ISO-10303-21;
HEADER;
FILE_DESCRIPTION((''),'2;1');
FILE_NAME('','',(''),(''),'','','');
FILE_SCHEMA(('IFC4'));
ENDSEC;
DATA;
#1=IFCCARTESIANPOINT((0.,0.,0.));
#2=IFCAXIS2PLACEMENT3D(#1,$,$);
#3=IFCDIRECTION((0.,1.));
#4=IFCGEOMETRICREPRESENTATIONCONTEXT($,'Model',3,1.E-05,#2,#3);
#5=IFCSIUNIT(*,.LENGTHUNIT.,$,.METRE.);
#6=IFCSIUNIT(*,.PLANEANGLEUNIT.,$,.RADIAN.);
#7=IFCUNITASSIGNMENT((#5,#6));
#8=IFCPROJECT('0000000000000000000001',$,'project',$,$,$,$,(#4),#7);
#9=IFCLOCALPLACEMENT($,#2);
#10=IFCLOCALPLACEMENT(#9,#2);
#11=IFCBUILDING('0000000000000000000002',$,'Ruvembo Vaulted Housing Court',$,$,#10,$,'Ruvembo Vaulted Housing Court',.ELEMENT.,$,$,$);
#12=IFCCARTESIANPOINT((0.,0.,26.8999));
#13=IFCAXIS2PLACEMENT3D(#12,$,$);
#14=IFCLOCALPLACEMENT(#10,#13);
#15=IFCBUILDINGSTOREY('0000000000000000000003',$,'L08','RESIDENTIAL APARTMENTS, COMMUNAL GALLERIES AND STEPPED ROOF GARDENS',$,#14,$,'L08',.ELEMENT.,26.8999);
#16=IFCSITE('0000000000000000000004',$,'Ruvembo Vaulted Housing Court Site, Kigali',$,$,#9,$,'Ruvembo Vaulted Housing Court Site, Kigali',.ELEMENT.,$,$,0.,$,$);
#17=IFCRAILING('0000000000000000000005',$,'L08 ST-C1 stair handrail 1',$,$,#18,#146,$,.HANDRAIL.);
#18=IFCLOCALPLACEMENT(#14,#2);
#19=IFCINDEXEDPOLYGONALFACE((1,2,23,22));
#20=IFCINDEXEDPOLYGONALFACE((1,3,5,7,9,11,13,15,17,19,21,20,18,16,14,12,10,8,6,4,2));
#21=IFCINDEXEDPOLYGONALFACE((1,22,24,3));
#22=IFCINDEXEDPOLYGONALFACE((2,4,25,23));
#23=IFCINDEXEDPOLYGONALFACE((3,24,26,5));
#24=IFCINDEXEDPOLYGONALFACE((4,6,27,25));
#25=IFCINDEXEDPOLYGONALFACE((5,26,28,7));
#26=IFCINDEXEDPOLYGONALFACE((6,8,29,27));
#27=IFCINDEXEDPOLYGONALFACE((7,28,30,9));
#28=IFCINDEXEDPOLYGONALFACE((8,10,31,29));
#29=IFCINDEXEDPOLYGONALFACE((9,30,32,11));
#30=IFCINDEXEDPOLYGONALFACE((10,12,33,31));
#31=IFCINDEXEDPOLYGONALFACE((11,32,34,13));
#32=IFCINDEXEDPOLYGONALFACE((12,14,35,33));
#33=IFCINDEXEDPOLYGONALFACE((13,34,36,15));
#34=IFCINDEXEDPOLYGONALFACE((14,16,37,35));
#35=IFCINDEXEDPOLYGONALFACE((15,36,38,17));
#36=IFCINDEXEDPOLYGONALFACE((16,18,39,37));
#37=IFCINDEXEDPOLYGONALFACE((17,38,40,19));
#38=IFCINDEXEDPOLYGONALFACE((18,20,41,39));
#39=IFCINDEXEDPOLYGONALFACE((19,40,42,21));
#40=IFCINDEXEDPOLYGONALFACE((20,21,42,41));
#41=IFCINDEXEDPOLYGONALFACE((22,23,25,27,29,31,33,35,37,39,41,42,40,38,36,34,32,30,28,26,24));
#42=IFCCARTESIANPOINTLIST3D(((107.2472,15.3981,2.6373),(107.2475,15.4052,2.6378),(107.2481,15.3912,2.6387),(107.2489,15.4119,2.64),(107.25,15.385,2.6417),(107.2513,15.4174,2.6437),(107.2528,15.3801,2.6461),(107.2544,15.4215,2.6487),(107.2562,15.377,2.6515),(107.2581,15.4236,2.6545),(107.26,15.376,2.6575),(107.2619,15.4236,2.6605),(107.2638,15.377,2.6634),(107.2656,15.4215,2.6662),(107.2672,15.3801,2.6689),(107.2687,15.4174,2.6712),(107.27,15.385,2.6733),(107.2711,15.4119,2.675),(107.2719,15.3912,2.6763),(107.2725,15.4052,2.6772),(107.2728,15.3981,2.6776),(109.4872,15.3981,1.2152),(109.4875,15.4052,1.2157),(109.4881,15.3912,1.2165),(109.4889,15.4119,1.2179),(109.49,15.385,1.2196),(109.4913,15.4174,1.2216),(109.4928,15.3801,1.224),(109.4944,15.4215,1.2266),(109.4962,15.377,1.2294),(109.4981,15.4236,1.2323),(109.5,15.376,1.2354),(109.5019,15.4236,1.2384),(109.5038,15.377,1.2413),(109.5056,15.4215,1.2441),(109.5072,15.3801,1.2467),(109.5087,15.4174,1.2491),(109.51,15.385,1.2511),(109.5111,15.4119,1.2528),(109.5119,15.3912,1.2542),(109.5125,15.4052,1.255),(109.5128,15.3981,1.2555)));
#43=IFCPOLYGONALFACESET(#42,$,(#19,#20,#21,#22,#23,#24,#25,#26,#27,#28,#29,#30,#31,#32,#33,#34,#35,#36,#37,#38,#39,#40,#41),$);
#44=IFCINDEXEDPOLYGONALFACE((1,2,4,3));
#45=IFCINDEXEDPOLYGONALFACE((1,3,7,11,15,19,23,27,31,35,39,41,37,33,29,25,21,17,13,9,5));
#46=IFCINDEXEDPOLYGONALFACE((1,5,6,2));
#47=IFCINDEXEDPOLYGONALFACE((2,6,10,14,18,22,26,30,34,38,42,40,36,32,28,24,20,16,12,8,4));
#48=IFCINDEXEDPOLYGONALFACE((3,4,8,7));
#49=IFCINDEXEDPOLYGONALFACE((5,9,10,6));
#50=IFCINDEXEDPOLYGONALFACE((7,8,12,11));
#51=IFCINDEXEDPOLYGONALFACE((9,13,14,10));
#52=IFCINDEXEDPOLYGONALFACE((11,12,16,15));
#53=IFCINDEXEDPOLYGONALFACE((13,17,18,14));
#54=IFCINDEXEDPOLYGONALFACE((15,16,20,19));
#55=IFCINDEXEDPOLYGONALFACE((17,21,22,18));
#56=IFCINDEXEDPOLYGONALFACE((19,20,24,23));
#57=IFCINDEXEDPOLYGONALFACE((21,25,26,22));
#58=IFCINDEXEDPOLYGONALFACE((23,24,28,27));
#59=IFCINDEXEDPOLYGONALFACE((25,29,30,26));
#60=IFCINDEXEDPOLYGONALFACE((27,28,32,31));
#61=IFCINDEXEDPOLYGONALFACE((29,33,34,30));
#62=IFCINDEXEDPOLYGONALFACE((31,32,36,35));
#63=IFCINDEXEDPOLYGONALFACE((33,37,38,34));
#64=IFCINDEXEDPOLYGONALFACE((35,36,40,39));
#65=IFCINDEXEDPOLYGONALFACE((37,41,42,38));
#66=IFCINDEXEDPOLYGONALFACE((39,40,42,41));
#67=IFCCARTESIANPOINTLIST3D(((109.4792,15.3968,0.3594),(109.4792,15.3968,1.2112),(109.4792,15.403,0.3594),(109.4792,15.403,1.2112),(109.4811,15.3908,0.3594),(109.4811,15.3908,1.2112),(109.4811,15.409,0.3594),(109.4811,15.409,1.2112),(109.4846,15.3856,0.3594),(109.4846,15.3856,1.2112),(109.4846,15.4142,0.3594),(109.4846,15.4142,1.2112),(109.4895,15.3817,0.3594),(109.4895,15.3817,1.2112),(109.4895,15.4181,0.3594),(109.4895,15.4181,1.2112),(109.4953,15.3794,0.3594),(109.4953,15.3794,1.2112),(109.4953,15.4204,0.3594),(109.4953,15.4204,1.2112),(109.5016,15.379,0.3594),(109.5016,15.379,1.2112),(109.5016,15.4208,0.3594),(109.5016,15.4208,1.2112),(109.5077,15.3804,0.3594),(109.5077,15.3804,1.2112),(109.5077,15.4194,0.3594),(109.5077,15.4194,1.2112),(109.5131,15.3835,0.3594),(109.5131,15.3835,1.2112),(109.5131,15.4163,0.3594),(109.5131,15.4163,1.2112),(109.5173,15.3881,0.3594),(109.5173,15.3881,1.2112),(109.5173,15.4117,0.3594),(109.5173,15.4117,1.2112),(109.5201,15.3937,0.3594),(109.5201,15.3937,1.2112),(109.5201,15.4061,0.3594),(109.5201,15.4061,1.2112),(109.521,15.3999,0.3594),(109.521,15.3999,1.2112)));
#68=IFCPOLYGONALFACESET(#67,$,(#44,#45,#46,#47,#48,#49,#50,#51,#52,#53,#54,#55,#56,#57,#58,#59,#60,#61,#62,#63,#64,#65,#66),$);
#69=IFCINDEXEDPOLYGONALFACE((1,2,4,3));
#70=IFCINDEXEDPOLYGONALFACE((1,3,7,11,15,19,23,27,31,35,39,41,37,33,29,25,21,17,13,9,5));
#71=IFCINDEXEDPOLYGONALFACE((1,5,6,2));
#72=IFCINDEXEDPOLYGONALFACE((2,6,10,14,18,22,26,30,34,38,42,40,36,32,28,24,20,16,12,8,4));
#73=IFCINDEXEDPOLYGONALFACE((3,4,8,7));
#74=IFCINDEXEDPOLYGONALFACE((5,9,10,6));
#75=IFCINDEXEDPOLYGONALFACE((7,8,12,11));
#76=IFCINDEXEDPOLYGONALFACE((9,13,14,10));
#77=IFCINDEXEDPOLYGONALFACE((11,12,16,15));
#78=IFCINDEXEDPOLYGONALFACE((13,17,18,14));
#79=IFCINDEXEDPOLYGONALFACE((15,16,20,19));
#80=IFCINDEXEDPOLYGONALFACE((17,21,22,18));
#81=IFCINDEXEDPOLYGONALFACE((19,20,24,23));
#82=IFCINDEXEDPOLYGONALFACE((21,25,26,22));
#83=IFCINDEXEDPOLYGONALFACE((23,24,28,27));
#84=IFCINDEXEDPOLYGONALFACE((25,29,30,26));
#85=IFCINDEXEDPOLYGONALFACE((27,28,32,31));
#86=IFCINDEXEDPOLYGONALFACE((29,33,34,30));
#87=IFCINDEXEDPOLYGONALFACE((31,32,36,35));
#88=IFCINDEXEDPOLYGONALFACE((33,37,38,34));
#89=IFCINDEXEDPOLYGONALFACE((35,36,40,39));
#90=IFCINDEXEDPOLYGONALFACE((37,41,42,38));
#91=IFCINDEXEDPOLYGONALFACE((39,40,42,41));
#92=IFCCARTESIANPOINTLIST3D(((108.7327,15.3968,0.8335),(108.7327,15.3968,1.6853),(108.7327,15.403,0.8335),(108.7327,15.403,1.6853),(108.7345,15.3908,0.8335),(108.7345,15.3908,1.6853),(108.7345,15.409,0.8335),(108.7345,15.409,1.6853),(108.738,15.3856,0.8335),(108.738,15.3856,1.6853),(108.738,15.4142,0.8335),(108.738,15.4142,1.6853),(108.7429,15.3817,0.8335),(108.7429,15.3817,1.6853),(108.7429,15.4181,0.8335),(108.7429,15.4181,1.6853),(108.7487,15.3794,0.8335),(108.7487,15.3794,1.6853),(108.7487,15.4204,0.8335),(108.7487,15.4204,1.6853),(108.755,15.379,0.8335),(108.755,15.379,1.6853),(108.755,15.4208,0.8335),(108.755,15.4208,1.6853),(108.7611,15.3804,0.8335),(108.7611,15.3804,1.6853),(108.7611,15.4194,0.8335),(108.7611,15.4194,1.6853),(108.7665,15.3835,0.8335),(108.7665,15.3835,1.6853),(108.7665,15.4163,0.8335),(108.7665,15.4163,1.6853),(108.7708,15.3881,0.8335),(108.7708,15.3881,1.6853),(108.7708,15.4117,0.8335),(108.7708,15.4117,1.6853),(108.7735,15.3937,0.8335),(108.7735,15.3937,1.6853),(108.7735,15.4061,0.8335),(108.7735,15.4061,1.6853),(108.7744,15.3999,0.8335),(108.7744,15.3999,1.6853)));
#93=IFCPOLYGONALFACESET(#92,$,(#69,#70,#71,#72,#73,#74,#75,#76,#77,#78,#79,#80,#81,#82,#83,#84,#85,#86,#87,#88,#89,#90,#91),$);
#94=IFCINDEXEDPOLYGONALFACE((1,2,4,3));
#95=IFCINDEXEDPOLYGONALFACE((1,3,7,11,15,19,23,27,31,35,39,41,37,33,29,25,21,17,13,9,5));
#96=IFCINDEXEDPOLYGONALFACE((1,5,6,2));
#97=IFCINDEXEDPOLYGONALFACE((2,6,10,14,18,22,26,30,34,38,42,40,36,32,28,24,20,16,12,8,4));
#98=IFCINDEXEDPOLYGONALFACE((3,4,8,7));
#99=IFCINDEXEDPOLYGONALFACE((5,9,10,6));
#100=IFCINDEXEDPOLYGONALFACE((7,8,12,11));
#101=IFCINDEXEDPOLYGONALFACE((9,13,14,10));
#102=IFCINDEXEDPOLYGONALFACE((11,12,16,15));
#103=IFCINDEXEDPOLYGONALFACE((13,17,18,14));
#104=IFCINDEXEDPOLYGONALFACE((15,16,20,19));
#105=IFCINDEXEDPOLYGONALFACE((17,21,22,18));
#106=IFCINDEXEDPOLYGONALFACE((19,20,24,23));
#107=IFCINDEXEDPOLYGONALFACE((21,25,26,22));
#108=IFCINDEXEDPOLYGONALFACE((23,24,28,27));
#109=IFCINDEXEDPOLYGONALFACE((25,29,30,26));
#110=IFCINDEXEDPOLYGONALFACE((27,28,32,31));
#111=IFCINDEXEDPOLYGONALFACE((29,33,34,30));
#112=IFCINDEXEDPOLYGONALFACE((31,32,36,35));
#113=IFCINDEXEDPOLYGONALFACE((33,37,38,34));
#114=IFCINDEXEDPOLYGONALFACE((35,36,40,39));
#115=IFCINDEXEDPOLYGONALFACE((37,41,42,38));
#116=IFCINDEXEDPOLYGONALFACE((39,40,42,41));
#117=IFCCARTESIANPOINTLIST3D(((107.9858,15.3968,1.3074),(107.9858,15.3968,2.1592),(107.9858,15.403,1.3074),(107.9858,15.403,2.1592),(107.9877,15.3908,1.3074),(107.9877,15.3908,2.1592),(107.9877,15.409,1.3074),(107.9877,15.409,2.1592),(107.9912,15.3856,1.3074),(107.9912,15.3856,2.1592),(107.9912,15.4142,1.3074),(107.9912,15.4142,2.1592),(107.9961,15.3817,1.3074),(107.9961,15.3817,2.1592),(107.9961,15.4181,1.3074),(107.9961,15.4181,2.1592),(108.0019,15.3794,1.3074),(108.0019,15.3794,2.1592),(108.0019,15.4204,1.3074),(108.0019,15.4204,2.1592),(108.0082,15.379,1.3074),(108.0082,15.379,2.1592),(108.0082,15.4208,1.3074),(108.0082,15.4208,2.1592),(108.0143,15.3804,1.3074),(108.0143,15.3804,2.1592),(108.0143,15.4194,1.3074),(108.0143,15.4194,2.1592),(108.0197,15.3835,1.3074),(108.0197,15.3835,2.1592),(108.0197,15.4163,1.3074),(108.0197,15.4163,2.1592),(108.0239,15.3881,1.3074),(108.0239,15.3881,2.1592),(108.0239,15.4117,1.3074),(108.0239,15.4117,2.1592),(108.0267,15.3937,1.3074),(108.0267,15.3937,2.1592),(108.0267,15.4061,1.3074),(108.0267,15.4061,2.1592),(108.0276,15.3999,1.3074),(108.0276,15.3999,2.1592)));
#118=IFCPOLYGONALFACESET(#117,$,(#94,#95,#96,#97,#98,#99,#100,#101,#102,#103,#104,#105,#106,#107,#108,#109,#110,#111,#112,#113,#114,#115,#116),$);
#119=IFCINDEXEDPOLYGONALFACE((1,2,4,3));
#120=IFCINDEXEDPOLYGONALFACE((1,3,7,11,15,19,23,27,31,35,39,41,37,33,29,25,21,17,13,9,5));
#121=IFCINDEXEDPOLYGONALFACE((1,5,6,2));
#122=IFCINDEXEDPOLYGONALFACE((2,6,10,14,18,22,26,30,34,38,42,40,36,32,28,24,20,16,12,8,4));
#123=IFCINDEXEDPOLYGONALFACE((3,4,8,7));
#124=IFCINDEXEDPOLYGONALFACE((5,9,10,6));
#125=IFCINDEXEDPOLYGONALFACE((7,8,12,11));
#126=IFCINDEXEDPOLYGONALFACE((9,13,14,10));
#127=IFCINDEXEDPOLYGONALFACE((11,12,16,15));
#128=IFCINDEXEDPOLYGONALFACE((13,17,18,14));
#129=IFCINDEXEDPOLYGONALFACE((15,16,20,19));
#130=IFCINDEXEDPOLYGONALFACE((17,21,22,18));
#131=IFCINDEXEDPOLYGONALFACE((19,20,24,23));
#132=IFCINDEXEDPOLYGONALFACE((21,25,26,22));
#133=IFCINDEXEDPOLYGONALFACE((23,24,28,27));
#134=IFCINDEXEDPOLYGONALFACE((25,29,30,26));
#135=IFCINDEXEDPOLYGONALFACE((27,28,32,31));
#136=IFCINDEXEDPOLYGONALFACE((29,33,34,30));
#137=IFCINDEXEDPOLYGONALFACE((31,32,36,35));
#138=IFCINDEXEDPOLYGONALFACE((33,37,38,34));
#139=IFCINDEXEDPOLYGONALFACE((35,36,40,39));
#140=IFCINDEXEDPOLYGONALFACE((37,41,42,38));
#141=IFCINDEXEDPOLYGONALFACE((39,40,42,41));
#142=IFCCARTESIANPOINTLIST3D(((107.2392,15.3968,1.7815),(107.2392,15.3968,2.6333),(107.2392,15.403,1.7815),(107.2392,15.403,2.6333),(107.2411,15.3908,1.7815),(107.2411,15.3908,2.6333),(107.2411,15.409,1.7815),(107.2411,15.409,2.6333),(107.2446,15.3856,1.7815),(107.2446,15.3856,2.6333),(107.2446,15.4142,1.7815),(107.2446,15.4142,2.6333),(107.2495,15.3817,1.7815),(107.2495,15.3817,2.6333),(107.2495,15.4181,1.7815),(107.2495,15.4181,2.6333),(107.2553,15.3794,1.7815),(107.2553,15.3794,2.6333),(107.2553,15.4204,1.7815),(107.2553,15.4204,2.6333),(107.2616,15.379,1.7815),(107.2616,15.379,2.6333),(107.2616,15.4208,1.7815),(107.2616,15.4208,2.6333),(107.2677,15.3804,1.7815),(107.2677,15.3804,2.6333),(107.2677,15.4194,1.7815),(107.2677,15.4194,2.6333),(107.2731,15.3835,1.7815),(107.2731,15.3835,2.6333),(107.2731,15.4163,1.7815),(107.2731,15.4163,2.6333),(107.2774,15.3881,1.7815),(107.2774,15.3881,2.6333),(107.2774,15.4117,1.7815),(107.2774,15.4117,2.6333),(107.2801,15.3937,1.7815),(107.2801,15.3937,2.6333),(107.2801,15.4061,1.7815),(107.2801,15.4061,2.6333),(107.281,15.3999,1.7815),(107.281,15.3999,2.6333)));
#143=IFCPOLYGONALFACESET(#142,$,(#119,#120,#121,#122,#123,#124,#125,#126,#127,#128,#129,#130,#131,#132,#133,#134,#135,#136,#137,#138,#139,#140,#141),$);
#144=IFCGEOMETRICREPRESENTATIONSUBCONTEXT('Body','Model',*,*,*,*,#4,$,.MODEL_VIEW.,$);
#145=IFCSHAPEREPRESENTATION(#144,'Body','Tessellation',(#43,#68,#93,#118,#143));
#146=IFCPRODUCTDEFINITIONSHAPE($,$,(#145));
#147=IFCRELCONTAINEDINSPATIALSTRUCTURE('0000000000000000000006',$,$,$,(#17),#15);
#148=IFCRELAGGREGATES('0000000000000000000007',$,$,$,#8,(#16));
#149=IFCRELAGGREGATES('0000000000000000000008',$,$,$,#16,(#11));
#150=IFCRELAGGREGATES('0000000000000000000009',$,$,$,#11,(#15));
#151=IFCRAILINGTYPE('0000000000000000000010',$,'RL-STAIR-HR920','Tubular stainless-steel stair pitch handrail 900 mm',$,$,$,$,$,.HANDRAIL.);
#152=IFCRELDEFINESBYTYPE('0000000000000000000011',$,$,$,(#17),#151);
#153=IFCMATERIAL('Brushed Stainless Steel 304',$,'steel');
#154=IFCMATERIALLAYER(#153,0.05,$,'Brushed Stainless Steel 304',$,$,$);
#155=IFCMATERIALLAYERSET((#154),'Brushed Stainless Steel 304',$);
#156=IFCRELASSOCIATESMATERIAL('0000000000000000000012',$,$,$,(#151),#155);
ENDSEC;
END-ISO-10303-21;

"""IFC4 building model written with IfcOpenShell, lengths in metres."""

from ifc_helpers import new_model, si_unit, direction, frame, origin, origin_2d, place, context, subcontext, project, spatial, circle, extrude, material, layer, layer_set, type_object, element, save


model = new_model("IFC4")

# Units and contexts
model_context = context("Model", 3, precision=1e-05, world=origin(), true_north=direction((0.0, 1.0)))
body_context = subcontext(model_context, "Body", "Model", "MODEL_VIEW")
ifc_project = project(units=[si_unit("LENGTHUNIT", "METRE"), si_unit("PLANEANGLEUNIT", "RADIAN")], contexts=[model_context])

# Site, building, storey
site_placement = place(None, origin())
site = spatial("IfcSite", under=ifc_project, at=site_placement, Name="Ruvembo Vaulted Housing Court Site, Kigali", LongName="Ruvembo Vaulted Housing Court Site, Kigali", CompositionType="ELEMENT", RefElevation=0.0)
building_placement = place(site_placement, origin())
building = spatial("IfcBuilding", under=site, at=building_placement, Name="Ruvembo Vaulted Housing Court", LongName="Ruvembo Vaulted Housing Court", CompositionType="ELEMENT")
storey_placement = place(building_placement, frame((0.0, 0.0, 26.8999)))
storey = spatial("IfcBuildingStorey", under=building, at=storey_placement, Name="L08", Description="RESIDENTIAL APARTMENTS, COMMUNAL GALLERIES AND STEPPED ROOF GARDENS", LongName="L08", CompositionType="ELEMENT", Elevation=26.8999)

# Shared definitions
ifc_material_1 = material(Name="Brushed Stainless Steel 304", Category="steel")

# Railing
ifc_layer_1 = layer(ifc_material_1, 0.05, Name="Brushed Stainless Steel 304")
ifc_layer_set_1 = layer_set([ifc_layer_1], Name="Brushed Stainless Steel 304")
railing_type_1 = type_object("IfcRailingType", Name="RL-STAIR-HR920", Description="Tubular stainless-steel stair pitch handrail 900 mm", PredefinedType="HANDRAIL", material=ifc_layer_set_1)
railing_1_placement = place(storey_placement, frame((109.5, 15.3999, 0.3594)))
element("IfcRailing", 1, at=railing_1_placement, inside=storey, type_object=railing_type_1, Name="L08 ST-C1 stair handrail 1", PredefinedType="HANDRAIL", context=body_context, shape_type="SweptSolid", body=[
    extrude(circle(Radius=0.0239, at=origin_2d()), frame((0.0, 0.0, 0.876), z_axis=(-0.844229, 0.0, 0.535982), x_axis=(0.0, -1.0, 0.0)), (0.0, 0.0, 1.0), 2.6533),
    extrude(circle(Radius=0.021, at=origin_2d()), origin(), (0.0, 0.0, 1.0), 0.8518),
    extrude(circle(Radius=0.021, at=origin_2d()), frame((-0.7466, 0.0, 0.4741)), (0.0, 0.0, 1.0), 0.8518),
    extrude(circle(Radius=0.021, at=origin_2d()), frame((-1.4934, 0.0, 0.948)), (0.0, 0.0, 1.0), 0.8518),
    extrude(circle(Radius=0.021, at=origin_2d()), frame((-2.24, 0.0, 1.4221)), (0.0, 0.0, 1.0), 0.8518),
])

save(model, "model.ifc")
